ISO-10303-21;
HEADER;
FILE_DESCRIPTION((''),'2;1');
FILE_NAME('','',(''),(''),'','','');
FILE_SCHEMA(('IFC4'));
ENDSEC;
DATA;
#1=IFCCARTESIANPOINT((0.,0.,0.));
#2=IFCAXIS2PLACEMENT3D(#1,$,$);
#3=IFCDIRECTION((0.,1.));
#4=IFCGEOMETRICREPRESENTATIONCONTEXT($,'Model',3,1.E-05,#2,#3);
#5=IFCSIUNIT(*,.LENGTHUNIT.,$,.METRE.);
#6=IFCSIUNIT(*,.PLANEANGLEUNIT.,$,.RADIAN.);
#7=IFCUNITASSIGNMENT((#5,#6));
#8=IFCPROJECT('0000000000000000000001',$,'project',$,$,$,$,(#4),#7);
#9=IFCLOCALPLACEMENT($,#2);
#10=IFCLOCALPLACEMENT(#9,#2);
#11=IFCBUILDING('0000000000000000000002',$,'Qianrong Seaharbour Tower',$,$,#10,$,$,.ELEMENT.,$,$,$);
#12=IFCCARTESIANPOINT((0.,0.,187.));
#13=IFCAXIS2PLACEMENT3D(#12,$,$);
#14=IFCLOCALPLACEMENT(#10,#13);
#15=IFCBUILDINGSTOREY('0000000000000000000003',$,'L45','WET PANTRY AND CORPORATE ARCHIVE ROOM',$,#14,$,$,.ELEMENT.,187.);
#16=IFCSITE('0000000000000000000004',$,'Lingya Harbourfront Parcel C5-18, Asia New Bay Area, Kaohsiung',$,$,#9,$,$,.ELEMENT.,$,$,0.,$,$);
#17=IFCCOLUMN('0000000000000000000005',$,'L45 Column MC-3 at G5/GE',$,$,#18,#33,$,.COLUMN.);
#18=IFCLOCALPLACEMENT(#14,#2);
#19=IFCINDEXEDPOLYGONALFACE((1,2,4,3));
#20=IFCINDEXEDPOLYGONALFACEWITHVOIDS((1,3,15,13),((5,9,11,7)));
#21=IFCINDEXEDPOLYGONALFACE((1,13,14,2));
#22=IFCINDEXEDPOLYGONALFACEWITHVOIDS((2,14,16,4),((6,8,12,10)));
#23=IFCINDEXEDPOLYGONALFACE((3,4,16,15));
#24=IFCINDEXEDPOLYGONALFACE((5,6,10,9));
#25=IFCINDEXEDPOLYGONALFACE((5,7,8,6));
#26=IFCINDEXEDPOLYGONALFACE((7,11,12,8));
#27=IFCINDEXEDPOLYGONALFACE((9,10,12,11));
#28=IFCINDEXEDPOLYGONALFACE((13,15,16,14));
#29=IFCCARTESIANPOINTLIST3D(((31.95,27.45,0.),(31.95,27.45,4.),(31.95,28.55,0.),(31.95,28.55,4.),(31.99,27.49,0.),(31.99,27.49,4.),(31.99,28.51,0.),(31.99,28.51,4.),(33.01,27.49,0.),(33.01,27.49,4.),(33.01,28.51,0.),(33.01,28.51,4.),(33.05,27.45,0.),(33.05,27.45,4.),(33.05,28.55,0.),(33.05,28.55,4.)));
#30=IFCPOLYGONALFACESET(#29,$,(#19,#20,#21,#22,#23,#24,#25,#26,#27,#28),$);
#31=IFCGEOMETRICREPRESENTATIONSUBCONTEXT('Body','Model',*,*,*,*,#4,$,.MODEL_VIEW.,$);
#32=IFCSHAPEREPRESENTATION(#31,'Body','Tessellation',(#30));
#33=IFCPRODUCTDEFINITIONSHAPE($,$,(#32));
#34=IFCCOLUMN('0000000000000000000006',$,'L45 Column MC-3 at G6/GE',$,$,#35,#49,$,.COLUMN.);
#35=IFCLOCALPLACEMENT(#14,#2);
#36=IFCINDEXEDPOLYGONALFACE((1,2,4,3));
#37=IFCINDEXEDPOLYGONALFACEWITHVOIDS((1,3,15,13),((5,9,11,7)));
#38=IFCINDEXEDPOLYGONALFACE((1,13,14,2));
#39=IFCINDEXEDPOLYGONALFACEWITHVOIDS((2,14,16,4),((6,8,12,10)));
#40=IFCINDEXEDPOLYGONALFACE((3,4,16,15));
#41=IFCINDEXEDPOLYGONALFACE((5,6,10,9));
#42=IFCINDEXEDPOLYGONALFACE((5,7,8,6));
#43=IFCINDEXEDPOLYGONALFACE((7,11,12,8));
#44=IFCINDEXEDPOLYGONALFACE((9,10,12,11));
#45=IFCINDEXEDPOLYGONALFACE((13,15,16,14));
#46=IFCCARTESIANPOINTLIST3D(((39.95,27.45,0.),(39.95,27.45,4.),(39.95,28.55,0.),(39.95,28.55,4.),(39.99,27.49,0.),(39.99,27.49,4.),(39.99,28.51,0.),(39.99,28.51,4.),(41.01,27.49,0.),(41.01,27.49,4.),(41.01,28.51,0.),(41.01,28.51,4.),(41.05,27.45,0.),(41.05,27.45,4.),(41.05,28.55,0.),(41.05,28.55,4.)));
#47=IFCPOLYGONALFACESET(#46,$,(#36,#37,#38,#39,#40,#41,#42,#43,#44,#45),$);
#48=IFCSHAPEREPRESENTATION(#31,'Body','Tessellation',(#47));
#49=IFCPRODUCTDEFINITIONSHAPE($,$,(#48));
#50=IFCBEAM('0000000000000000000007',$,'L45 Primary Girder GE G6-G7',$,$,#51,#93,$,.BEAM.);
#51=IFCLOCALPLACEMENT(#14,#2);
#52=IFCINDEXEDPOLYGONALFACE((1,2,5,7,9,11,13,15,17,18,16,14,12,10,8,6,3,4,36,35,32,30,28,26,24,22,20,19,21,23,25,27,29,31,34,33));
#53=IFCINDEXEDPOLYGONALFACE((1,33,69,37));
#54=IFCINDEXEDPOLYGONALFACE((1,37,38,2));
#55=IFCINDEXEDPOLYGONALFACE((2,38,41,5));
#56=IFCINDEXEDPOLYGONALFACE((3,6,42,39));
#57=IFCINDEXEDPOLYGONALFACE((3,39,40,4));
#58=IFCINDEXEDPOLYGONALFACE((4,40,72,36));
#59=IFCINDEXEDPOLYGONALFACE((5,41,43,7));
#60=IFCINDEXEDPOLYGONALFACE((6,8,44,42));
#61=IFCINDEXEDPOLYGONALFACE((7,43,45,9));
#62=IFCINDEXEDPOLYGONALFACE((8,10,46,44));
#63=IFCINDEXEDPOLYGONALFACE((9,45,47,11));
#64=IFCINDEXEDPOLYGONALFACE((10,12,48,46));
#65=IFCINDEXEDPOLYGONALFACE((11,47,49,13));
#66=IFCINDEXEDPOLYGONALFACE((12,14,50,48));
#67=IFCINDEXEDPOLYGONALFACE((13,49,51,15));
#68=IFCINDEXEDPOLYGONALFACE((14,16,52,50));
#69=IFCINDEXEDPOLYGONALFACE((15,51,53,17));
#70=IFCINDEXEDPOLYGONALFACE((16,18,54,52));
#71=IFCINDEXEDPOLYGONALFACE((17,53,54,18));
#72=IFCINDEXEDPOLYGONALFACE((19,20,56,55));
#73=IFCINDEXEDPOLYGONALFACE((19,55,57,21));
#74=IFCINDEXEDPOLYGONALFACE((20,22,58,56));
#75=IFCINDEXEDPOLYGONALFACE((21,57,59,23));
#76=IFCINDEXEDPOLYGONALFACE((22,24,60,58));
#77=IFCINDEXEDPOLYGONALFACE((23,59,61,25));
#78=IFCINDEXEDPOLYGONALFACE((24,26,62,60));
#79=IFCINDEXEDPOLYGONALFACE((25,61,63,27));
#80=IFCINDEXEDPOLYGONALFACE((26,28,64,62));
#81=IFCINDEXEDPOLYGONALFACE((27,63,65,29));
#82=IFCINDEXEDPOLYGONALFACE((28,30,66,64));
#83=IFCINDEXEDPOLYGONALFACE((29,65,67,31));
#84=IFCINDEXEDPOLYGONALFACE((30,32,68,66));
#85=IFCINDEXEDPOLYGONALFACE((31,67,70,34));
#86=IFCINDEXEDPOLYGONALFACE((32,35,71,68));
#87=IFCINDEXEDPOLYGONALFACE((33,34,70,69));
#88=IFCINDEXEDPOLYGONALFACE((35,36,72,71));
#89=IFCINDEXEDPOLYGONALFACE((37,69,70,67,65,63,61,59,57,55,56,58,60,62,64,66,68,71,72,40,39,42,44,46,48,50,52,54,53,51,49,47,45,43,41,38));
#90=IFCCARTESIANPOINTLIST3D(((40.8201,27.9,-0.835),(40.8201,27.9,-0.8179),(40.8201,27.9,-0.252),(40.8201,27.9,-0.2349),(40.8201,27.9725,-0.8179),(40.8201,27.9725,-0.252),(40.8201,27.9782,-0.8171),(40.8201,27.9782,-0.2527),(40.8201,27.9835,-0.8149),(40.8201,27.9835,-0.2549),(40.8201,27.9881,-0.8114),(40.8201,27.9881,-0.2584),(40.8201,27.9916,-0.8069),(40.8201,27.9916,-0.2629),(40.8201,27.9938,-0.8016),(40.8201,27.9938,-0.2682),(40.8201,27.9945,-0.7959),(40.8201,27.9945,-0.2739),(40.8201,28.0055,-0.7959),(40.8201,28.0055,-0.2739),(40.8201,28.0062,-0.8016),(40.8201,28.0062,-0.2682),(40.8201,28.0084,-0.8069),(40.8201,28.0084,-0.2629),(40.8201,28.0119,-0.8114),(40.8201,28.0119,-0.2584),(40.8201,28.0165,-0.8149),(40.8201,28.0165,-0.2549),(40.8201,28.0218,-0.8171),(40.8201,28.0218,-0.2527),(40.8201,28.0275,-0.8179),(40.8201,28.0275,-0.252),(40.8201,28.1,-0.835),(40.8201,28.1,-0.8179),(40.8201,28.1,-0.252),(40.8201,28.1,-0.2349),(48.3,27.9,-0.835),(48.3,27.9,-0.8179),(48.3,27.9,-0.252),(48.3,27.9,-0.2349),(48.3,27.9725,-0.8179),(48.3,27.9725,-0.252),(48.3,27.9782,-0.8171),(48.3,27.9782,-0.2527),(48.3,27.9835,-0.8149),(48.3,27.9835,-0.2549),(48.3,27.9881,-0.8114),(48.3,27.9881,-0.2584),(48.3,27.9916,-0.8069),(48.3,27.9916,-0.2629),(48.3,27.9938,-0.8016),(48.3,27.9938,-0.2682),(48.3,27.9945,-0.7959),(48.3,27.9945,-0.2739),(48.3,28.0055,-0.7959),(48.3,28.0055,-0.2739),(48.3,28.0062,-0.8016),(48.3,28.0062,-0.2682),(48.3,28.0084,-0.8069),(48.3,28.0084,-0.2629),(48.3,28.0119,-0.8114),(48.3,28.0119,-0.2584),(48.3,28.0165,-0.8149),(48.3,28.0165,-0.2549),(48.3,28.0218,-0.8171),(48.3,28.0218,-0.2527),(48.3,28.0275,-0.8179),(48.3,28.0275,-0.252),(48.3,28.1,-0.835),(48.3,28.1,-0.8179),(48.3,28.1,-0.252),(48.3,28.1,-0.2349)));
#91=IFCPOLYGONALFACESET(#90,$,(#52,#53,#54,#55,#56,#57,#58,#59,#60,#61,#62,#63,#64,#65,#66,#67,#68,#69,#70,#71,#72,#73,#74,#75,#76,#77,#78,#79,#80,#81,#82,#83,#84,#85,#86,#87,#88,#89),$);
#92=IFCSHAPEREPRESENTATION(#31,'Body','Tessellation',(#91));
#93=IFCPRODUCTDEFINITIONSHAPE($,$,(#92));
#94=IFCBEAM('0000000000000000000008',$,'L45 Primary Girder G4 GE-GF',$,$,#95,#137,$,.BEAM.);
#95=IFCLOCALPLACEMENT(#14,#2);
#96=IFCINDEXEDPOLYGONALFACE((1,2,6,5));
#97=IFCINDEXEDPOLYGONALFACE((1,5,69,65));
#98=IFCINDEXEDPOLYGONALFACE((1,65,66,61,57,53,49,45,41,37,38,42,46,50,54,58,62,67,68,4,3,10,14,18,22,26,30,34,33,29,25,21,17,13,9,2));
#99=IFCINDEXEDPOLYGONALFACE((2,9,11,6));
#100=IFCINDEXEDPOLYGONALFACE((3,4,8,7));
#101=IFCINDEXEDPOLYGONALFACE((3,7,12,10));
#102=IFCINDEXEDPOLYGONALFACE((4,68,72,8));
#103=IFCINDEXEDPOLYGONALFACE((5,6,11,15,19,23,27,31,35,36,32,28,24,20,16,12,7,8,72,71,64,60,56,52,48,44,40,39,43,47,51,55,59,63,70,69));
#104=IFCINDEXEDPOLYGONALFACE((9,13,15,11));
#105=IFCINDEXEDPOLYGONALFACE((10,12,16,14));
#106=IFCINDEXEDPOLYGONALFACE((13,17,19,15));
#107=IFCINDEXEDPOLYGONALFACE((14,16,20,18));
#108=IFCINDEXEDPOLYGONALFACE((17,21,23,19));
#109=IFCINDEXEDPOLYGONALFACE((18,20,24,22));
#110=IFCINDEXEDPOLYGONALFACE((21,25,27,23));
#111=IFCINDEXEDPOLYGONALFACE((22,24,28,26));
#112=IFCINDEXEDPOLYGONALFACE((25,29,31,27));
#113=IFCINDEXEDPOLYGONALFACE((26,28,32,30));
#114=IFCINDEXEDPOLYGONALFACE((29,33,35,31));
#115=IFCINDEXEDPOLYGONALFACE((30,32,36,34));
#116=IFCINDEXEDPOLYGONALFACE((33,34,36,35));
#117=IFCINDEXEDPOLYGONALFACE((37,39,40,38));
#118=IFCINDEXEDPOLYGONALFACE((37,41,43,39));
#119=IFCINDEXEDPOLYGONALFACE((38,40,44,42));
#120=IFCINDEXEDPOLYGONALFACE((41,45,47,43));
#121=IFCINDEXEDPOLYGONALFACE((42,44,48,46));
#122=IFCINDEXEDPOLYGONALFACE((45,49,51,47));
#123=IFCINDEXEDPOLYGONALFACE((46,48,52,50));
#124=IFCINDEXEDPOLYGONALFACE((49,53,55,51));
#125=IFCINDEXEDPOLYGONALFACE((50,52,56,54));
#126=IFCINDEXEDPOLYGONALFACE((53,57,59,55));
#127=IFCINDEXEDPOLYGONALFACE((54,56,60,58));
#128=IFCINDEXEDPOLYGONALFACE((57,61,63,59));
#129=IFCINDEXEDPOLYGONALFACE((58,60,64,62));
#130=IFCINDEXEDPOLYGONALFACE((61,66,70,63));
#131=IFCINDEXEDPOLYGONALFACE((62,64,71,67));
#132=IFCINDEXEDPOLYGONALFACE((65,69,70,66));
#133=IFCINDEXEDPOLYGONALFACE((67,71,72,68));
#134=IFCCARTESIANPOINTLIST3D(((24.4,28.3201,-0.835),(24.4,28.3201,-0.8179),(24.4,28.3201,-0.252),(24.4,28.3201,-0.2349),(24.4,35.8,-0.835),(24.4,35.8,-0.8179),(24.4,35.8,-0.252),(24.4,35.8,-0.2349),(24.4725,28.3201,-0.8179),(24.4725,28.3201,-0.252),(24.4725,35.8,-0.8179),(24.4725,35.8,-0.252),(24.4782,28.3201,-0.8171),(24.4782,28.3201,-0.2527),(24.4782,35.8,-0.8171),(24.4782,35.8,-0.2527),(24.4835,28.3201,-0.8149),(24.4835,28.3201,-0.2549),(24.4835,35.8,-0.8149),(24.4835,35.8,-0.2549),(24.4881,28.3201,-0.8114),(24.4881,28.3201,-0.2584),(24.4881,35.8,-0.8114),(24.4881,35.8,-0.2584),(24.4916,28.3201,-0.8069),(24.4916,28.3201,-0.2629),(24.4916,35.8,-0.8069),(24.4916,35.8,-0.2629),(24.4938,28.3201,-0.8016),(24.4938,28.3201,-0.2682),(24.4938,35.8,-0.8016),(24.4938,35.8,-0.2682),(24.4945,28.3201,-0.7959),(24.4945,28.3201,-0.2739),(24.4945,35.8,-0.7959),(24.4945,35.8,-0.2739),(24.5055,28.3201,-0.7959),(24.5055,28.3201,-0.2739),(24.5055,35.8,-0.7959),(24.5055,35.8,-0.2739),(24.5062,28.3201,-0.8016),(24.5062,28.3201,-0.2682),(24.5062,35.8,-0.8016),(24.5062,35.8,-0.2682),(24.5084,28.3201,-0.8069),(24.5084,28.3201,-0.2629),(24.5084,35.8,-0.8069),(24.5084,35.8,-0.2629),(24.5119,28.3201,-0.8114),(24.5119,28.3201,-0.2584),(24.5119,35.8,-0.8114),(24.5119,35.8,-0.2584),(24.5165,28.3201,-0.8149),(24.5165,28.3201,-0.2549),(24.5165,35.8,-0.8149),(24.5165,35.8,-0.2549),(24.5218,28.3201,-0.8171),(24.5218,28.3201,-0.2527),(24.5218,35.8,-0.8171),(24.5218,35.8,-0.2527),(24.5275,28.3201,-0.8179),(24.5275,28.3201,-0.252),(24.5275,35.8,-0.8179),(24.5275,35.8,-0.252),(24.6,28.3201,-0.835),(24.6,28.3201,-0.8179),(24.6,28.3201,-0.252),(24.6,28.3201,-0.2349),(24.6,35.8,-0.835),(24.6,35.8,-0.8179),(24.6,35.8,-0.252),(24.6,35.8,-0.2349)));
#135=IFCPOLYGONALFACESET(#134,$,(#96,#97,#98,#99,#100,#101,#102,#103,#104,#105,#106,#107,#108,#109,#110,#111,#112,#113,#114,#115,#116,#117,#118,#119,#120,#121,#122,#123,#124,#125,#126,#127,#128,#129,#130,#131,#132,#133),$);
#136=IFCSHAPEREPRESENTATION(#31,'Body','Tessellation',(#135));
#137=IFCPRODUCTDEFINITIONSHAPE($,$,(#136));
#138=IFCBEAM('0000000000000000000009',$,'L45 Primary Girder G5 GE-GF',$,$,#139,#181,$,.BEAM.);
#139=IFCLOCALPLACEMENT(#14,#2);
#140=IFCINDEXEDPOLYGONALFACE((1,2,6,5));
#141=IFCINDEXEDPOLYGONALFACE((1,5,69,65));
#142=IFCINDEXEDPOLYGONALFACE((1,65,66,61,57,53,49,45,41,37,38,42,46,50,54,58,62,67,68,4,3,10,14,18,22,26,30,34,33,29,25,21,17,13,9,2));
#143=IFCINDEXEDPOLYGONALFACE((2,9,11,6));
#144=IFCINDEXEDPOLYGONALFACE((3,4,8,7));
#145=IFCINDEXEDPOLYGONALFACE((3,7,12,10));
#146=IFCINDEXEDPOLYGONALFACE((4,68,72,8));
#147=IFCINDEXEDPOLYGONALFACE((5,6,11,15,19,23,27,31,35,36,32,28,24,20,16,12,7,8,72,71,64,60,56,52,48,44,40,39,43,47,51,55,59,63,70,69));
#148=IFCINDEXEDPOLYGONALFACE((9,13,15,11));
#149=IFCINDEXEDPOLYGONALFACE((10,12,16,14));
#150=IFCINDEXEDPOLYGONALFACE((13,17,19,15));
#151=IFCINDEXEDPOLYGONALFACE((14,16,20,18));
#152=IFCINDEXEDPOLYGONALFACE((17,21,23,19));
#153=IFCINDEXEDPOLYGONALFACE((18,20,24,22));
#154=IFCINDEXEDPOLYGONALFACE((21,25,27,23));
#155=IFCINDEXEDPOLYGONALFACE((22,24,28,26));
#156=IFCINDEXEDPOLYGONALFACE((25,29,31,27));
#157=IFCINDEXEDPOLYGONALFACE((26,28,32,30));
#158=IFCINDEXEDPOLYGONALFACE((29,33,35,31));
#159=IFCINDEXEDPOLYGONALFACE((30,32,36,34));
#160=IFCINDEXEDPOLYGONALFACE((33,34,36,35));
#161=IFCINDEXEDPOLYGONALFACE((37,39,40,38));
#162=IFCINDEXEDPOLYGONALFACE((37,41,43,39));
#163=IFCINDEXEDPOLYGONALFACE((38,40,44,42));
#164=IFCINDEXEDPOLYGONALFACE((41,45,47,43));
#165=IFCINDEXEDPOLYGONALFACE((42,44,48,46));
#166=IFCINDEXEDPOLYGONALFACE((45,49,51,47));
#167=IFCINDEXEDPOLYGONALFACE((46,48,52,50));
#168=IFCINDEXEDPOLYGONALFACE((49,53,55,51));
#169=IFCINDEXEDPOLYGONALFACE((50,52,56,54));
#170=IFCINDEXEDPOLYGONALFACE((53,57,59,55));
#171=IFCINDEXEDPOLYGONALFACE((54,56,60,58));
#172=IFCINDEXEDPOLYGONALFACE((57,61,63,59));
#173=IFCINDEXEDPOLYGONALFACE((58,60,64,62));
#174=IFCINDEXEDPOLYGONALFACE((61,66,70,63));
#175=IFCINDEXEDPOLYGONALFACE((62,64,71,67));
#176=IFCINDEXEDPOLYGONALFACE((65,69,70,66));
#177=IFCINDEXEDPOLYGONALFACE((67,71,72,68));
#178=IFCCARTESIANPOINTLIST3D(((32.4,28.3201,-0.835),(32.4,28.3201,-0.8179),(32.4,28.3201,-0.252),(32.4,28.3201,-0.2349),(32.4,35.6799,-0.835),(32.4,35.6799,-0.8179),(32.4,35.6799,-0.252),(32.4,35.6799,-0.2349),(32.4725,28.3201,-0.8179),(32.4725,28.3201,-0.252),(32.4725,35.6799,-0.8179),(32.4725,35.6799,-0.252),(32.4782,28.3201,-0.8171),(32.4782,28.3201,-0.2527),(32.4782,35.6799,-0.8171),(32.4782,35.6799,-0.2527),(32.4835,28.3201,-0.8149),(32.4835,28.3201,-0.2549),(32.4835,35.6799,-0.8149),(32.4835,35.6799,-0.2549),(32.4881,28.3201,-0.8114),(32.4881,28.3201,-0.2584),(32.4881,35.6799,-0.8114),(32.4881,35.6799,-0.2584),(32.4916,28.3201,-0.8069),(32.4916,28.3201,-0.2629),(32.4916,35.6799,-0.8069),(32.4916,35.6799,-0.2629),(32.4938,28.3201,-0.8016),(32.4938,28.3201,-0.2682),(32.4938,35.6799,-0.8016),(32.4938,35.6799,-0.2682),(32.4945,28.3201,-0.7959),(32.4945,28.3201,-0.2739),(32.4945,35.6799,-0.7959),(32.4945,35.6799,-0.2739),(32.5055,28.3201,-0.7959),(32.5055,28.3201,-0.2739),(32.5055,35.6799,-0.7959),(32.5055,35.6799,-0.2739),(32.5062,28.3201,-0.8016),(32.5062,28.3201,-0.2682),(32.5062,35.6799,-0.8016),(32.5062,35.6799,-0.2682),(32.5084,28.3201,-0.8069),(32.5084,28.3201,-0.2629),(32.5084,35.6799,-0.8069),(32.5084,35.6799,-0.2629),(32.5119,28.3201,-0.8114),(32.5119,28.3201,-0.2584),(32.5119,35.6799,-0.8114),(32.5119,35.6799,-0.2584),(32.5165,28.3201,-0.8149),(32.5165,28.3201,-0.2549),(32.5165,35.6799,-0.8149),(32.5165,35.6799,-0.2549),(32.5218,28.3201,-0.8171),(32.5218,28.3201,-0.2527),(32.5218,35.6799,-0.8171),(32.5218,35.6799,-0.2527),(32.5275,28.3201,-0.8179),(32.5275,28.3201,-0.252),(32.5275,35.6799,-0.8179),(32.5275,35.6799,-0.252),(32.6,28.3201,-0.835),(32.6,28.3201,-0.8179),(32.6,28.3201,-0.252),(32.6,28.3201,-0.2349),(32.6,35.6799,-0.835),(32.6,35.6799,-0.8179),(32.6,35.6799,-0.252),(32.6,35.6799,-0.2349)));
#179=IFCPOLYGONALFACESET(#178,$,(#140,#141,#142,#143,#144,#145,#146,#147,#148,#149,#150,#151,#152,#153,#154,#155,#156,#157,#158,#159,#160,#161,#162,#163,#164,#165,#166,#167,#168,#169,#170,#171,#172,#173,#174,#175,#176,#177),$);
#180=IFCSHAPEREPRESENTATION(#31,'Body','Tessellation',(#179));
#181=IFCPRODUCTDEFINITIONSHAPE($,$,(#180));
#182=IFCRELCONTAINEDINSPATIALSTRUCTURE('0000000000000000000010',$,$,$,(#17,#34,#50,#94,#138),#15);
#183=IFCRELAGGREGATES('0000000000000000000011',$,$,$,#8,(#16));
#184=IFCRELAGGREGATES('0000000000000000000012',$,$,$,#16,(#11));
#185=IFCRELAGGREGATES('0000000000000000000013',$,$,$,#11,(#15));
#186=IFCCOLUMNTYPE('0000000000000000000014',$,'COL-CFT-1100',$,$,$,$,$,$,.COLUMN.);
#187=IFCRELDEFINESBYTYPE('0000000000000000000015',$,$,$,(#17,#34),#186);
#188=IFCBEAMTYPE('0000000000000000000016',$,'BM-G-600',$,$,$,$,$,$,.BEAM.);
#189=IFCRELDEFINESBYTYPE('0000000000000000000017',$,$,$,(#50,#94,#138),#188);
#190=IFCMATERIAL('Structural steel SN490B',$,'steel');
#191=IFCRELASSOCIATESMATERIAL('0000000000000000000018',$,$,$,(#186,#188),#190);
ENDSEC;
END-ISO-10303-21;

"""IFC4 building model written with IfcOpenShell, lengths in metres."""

from ifc_helpers import new_model, si_unit, direction, frame, origin, origin_2d, place, context, subcontext, project, spatial, hollow_rectangle, i_section, extrude, material, material_profile, profile_set, type_object, element, save


model = new_model("IFC4")

# Units and contexts
model_context = context("Model", 3, precision=1e-05, world=origin(), true_north=direction((0.0, 1.0)))
body_context = subcontext(model_context, "Body", "Model", "MODEL_VIEW")
ifc_project = project(units=[si_unit("LENGTHUNIT", "METRE"), si_unit("PLANEANGLEUNIT", "RADIAN")], contexts=[model_context])

# Site, building, storey
site_placement = place(None, origin())
site = spatial("IfcSite", under=ifc_project, at=site_placement, Name="Lingya Harbourfront Parcel C5-18, Asia New Bay Area, Kaohsiung", CompositionType="ELEMENT", RefElevation=0.0)
building_placement = place(site_placement, origin())
building = spatial("IfcBuilding", under=site, at=building_placement, Name="Qianrong Seaharbour Tower", CompositionType="ELEMENT")
storey_placement = place(building_placement, frame((0.0, 0.0, 187.0)))
storey = spatial("IfcBuildingStorey", under=building, at=storey_placement, Name="L45", Description="WET PANTRY AND CORPORATE ARCHIVE ROOM", CompositionType="ELEMENT", Elevation=187.0)

# Columns
ifc_material_1 = material(Name="Structural steel SN490B", Category="steel")
ifc_material_profile_1 = material_profile(ifc_material_1, hollow_rectangle(XDim=1.1001, YDim=1.1001, WallThickness=0.04, at=origin_2d()), Name="BOX1100x1100x40")
ifc_profile_set_1 = profile_set([ifc_material_profile_1], Name="Structural steel SN490B")
column_type = type_object("IfcColumnType", Name="COL-CFT-1100", PredefinedType="COLUMN", material=ifc_profile_set_1)
for number, where, z_axis, x_axis, name in (
    (1, (32.5, 28.0, 0.0), (0.0, 0.0, 1.0), (1.0, 0.0, 0.0), "L45 Column MC-3 at G5/GE"),
    (2, (40.5, 28.0, 0.0), (0.0, 0.0, 1.0), (1.0, 0.0, 0.0), "L45 Column MC-3 at G6/GE"),
):
    element("IfcColumn", number, at=place(storey_placement, frame(where, z_axis=z_axis, x_axis=x_axis)), inside=storey, type_object=column_type, Name=name, PredefinedType="COLUMN", context=body_context, shape_type="SweptSolid", body=[
        extrude(hollow_rectangle(XDim=1.1001, YDim=1.1001, WallThickness=0.04, at=origin_2d()), origin(), (0.0, 0.0, 1.0), 4.0),
    ])

# Beams
ifc_material_profile_2 = material_profile(ifc_material_1, i_section(OverallWidth=0.2, OverallDepth=0.6001, WebThickness=0.011, FlangeThickness=0.0171, FilletRadius=0.022, at=origin_2d()), Name="H600x200x11x17")
ifc_profile_set_2 = profile_set([ifc_material_profile_2], Name="Structural steel SN490B")
beam_type_1 = type_object("IfcBeamType", Name="BM-G-600", PredefinedType="BEAM", material=ifc_profile_set_2)
for number, where, z_axis, x_axis, name in (
    (3, (40.8201, 28.0, -0.5349), (1.0, 0.0, 0.0), (0.0, 1.0, 0.0), "L45 Primary Girder GE G6-G7"),
    (4, (24.5, 28.3201, -0.5349), (0.0, 1.0, 0.0), (-1.0, 0.0, 0.0), "L45 Primary Girder G4 GE-GF"),
):
    element("IfcBeam", number, at=place(storey_placement, frame(where, z_axis=z_axis, x_axis=x_axis)), inside=storey, type_object=beam_type_1, Name=name, PredefinedType="BEAM", context=body_context, shape_type="SweptSolid", body=[
        extrude(i_section(OverallWidth=0.2, OverallDepth=0.6001, WebThickness=0.011, FlangeThickness=0.0171, FilletRadius=0.022, at=origin_2d()), origin(), (0.0, 0.0, 1.0), 7.48),
    ])
for number, where, z_axis, x_axis, name in (
    (5, (32.5, 28.3201, -0.5349), (0.0, 1.0, 0.0), (-1.0, 0.0, 0.0), "L45 Primary Girder G5 GE-GF"),
):
    element("IfcBeam", number, at=place(storey_placement, frame(where, z_axis=z_axis, x_axis=x_axis)), inside=storey, type_object=beam_type_1, Name=name, PredefinedType="BEAM", context=body_context, shape_type="SweptSolid", body=[
        extrude(i_section(OverallWidth=0.2, OverallDepth=0.6001, WebThickness=0.011, FlangeThickness=0.0171, FilletRadius=0.022, at=origin_2d()), origin(), (0.0, 0.0, 1.0), 7.3599),
    ])

save(model, "model.ifc")
